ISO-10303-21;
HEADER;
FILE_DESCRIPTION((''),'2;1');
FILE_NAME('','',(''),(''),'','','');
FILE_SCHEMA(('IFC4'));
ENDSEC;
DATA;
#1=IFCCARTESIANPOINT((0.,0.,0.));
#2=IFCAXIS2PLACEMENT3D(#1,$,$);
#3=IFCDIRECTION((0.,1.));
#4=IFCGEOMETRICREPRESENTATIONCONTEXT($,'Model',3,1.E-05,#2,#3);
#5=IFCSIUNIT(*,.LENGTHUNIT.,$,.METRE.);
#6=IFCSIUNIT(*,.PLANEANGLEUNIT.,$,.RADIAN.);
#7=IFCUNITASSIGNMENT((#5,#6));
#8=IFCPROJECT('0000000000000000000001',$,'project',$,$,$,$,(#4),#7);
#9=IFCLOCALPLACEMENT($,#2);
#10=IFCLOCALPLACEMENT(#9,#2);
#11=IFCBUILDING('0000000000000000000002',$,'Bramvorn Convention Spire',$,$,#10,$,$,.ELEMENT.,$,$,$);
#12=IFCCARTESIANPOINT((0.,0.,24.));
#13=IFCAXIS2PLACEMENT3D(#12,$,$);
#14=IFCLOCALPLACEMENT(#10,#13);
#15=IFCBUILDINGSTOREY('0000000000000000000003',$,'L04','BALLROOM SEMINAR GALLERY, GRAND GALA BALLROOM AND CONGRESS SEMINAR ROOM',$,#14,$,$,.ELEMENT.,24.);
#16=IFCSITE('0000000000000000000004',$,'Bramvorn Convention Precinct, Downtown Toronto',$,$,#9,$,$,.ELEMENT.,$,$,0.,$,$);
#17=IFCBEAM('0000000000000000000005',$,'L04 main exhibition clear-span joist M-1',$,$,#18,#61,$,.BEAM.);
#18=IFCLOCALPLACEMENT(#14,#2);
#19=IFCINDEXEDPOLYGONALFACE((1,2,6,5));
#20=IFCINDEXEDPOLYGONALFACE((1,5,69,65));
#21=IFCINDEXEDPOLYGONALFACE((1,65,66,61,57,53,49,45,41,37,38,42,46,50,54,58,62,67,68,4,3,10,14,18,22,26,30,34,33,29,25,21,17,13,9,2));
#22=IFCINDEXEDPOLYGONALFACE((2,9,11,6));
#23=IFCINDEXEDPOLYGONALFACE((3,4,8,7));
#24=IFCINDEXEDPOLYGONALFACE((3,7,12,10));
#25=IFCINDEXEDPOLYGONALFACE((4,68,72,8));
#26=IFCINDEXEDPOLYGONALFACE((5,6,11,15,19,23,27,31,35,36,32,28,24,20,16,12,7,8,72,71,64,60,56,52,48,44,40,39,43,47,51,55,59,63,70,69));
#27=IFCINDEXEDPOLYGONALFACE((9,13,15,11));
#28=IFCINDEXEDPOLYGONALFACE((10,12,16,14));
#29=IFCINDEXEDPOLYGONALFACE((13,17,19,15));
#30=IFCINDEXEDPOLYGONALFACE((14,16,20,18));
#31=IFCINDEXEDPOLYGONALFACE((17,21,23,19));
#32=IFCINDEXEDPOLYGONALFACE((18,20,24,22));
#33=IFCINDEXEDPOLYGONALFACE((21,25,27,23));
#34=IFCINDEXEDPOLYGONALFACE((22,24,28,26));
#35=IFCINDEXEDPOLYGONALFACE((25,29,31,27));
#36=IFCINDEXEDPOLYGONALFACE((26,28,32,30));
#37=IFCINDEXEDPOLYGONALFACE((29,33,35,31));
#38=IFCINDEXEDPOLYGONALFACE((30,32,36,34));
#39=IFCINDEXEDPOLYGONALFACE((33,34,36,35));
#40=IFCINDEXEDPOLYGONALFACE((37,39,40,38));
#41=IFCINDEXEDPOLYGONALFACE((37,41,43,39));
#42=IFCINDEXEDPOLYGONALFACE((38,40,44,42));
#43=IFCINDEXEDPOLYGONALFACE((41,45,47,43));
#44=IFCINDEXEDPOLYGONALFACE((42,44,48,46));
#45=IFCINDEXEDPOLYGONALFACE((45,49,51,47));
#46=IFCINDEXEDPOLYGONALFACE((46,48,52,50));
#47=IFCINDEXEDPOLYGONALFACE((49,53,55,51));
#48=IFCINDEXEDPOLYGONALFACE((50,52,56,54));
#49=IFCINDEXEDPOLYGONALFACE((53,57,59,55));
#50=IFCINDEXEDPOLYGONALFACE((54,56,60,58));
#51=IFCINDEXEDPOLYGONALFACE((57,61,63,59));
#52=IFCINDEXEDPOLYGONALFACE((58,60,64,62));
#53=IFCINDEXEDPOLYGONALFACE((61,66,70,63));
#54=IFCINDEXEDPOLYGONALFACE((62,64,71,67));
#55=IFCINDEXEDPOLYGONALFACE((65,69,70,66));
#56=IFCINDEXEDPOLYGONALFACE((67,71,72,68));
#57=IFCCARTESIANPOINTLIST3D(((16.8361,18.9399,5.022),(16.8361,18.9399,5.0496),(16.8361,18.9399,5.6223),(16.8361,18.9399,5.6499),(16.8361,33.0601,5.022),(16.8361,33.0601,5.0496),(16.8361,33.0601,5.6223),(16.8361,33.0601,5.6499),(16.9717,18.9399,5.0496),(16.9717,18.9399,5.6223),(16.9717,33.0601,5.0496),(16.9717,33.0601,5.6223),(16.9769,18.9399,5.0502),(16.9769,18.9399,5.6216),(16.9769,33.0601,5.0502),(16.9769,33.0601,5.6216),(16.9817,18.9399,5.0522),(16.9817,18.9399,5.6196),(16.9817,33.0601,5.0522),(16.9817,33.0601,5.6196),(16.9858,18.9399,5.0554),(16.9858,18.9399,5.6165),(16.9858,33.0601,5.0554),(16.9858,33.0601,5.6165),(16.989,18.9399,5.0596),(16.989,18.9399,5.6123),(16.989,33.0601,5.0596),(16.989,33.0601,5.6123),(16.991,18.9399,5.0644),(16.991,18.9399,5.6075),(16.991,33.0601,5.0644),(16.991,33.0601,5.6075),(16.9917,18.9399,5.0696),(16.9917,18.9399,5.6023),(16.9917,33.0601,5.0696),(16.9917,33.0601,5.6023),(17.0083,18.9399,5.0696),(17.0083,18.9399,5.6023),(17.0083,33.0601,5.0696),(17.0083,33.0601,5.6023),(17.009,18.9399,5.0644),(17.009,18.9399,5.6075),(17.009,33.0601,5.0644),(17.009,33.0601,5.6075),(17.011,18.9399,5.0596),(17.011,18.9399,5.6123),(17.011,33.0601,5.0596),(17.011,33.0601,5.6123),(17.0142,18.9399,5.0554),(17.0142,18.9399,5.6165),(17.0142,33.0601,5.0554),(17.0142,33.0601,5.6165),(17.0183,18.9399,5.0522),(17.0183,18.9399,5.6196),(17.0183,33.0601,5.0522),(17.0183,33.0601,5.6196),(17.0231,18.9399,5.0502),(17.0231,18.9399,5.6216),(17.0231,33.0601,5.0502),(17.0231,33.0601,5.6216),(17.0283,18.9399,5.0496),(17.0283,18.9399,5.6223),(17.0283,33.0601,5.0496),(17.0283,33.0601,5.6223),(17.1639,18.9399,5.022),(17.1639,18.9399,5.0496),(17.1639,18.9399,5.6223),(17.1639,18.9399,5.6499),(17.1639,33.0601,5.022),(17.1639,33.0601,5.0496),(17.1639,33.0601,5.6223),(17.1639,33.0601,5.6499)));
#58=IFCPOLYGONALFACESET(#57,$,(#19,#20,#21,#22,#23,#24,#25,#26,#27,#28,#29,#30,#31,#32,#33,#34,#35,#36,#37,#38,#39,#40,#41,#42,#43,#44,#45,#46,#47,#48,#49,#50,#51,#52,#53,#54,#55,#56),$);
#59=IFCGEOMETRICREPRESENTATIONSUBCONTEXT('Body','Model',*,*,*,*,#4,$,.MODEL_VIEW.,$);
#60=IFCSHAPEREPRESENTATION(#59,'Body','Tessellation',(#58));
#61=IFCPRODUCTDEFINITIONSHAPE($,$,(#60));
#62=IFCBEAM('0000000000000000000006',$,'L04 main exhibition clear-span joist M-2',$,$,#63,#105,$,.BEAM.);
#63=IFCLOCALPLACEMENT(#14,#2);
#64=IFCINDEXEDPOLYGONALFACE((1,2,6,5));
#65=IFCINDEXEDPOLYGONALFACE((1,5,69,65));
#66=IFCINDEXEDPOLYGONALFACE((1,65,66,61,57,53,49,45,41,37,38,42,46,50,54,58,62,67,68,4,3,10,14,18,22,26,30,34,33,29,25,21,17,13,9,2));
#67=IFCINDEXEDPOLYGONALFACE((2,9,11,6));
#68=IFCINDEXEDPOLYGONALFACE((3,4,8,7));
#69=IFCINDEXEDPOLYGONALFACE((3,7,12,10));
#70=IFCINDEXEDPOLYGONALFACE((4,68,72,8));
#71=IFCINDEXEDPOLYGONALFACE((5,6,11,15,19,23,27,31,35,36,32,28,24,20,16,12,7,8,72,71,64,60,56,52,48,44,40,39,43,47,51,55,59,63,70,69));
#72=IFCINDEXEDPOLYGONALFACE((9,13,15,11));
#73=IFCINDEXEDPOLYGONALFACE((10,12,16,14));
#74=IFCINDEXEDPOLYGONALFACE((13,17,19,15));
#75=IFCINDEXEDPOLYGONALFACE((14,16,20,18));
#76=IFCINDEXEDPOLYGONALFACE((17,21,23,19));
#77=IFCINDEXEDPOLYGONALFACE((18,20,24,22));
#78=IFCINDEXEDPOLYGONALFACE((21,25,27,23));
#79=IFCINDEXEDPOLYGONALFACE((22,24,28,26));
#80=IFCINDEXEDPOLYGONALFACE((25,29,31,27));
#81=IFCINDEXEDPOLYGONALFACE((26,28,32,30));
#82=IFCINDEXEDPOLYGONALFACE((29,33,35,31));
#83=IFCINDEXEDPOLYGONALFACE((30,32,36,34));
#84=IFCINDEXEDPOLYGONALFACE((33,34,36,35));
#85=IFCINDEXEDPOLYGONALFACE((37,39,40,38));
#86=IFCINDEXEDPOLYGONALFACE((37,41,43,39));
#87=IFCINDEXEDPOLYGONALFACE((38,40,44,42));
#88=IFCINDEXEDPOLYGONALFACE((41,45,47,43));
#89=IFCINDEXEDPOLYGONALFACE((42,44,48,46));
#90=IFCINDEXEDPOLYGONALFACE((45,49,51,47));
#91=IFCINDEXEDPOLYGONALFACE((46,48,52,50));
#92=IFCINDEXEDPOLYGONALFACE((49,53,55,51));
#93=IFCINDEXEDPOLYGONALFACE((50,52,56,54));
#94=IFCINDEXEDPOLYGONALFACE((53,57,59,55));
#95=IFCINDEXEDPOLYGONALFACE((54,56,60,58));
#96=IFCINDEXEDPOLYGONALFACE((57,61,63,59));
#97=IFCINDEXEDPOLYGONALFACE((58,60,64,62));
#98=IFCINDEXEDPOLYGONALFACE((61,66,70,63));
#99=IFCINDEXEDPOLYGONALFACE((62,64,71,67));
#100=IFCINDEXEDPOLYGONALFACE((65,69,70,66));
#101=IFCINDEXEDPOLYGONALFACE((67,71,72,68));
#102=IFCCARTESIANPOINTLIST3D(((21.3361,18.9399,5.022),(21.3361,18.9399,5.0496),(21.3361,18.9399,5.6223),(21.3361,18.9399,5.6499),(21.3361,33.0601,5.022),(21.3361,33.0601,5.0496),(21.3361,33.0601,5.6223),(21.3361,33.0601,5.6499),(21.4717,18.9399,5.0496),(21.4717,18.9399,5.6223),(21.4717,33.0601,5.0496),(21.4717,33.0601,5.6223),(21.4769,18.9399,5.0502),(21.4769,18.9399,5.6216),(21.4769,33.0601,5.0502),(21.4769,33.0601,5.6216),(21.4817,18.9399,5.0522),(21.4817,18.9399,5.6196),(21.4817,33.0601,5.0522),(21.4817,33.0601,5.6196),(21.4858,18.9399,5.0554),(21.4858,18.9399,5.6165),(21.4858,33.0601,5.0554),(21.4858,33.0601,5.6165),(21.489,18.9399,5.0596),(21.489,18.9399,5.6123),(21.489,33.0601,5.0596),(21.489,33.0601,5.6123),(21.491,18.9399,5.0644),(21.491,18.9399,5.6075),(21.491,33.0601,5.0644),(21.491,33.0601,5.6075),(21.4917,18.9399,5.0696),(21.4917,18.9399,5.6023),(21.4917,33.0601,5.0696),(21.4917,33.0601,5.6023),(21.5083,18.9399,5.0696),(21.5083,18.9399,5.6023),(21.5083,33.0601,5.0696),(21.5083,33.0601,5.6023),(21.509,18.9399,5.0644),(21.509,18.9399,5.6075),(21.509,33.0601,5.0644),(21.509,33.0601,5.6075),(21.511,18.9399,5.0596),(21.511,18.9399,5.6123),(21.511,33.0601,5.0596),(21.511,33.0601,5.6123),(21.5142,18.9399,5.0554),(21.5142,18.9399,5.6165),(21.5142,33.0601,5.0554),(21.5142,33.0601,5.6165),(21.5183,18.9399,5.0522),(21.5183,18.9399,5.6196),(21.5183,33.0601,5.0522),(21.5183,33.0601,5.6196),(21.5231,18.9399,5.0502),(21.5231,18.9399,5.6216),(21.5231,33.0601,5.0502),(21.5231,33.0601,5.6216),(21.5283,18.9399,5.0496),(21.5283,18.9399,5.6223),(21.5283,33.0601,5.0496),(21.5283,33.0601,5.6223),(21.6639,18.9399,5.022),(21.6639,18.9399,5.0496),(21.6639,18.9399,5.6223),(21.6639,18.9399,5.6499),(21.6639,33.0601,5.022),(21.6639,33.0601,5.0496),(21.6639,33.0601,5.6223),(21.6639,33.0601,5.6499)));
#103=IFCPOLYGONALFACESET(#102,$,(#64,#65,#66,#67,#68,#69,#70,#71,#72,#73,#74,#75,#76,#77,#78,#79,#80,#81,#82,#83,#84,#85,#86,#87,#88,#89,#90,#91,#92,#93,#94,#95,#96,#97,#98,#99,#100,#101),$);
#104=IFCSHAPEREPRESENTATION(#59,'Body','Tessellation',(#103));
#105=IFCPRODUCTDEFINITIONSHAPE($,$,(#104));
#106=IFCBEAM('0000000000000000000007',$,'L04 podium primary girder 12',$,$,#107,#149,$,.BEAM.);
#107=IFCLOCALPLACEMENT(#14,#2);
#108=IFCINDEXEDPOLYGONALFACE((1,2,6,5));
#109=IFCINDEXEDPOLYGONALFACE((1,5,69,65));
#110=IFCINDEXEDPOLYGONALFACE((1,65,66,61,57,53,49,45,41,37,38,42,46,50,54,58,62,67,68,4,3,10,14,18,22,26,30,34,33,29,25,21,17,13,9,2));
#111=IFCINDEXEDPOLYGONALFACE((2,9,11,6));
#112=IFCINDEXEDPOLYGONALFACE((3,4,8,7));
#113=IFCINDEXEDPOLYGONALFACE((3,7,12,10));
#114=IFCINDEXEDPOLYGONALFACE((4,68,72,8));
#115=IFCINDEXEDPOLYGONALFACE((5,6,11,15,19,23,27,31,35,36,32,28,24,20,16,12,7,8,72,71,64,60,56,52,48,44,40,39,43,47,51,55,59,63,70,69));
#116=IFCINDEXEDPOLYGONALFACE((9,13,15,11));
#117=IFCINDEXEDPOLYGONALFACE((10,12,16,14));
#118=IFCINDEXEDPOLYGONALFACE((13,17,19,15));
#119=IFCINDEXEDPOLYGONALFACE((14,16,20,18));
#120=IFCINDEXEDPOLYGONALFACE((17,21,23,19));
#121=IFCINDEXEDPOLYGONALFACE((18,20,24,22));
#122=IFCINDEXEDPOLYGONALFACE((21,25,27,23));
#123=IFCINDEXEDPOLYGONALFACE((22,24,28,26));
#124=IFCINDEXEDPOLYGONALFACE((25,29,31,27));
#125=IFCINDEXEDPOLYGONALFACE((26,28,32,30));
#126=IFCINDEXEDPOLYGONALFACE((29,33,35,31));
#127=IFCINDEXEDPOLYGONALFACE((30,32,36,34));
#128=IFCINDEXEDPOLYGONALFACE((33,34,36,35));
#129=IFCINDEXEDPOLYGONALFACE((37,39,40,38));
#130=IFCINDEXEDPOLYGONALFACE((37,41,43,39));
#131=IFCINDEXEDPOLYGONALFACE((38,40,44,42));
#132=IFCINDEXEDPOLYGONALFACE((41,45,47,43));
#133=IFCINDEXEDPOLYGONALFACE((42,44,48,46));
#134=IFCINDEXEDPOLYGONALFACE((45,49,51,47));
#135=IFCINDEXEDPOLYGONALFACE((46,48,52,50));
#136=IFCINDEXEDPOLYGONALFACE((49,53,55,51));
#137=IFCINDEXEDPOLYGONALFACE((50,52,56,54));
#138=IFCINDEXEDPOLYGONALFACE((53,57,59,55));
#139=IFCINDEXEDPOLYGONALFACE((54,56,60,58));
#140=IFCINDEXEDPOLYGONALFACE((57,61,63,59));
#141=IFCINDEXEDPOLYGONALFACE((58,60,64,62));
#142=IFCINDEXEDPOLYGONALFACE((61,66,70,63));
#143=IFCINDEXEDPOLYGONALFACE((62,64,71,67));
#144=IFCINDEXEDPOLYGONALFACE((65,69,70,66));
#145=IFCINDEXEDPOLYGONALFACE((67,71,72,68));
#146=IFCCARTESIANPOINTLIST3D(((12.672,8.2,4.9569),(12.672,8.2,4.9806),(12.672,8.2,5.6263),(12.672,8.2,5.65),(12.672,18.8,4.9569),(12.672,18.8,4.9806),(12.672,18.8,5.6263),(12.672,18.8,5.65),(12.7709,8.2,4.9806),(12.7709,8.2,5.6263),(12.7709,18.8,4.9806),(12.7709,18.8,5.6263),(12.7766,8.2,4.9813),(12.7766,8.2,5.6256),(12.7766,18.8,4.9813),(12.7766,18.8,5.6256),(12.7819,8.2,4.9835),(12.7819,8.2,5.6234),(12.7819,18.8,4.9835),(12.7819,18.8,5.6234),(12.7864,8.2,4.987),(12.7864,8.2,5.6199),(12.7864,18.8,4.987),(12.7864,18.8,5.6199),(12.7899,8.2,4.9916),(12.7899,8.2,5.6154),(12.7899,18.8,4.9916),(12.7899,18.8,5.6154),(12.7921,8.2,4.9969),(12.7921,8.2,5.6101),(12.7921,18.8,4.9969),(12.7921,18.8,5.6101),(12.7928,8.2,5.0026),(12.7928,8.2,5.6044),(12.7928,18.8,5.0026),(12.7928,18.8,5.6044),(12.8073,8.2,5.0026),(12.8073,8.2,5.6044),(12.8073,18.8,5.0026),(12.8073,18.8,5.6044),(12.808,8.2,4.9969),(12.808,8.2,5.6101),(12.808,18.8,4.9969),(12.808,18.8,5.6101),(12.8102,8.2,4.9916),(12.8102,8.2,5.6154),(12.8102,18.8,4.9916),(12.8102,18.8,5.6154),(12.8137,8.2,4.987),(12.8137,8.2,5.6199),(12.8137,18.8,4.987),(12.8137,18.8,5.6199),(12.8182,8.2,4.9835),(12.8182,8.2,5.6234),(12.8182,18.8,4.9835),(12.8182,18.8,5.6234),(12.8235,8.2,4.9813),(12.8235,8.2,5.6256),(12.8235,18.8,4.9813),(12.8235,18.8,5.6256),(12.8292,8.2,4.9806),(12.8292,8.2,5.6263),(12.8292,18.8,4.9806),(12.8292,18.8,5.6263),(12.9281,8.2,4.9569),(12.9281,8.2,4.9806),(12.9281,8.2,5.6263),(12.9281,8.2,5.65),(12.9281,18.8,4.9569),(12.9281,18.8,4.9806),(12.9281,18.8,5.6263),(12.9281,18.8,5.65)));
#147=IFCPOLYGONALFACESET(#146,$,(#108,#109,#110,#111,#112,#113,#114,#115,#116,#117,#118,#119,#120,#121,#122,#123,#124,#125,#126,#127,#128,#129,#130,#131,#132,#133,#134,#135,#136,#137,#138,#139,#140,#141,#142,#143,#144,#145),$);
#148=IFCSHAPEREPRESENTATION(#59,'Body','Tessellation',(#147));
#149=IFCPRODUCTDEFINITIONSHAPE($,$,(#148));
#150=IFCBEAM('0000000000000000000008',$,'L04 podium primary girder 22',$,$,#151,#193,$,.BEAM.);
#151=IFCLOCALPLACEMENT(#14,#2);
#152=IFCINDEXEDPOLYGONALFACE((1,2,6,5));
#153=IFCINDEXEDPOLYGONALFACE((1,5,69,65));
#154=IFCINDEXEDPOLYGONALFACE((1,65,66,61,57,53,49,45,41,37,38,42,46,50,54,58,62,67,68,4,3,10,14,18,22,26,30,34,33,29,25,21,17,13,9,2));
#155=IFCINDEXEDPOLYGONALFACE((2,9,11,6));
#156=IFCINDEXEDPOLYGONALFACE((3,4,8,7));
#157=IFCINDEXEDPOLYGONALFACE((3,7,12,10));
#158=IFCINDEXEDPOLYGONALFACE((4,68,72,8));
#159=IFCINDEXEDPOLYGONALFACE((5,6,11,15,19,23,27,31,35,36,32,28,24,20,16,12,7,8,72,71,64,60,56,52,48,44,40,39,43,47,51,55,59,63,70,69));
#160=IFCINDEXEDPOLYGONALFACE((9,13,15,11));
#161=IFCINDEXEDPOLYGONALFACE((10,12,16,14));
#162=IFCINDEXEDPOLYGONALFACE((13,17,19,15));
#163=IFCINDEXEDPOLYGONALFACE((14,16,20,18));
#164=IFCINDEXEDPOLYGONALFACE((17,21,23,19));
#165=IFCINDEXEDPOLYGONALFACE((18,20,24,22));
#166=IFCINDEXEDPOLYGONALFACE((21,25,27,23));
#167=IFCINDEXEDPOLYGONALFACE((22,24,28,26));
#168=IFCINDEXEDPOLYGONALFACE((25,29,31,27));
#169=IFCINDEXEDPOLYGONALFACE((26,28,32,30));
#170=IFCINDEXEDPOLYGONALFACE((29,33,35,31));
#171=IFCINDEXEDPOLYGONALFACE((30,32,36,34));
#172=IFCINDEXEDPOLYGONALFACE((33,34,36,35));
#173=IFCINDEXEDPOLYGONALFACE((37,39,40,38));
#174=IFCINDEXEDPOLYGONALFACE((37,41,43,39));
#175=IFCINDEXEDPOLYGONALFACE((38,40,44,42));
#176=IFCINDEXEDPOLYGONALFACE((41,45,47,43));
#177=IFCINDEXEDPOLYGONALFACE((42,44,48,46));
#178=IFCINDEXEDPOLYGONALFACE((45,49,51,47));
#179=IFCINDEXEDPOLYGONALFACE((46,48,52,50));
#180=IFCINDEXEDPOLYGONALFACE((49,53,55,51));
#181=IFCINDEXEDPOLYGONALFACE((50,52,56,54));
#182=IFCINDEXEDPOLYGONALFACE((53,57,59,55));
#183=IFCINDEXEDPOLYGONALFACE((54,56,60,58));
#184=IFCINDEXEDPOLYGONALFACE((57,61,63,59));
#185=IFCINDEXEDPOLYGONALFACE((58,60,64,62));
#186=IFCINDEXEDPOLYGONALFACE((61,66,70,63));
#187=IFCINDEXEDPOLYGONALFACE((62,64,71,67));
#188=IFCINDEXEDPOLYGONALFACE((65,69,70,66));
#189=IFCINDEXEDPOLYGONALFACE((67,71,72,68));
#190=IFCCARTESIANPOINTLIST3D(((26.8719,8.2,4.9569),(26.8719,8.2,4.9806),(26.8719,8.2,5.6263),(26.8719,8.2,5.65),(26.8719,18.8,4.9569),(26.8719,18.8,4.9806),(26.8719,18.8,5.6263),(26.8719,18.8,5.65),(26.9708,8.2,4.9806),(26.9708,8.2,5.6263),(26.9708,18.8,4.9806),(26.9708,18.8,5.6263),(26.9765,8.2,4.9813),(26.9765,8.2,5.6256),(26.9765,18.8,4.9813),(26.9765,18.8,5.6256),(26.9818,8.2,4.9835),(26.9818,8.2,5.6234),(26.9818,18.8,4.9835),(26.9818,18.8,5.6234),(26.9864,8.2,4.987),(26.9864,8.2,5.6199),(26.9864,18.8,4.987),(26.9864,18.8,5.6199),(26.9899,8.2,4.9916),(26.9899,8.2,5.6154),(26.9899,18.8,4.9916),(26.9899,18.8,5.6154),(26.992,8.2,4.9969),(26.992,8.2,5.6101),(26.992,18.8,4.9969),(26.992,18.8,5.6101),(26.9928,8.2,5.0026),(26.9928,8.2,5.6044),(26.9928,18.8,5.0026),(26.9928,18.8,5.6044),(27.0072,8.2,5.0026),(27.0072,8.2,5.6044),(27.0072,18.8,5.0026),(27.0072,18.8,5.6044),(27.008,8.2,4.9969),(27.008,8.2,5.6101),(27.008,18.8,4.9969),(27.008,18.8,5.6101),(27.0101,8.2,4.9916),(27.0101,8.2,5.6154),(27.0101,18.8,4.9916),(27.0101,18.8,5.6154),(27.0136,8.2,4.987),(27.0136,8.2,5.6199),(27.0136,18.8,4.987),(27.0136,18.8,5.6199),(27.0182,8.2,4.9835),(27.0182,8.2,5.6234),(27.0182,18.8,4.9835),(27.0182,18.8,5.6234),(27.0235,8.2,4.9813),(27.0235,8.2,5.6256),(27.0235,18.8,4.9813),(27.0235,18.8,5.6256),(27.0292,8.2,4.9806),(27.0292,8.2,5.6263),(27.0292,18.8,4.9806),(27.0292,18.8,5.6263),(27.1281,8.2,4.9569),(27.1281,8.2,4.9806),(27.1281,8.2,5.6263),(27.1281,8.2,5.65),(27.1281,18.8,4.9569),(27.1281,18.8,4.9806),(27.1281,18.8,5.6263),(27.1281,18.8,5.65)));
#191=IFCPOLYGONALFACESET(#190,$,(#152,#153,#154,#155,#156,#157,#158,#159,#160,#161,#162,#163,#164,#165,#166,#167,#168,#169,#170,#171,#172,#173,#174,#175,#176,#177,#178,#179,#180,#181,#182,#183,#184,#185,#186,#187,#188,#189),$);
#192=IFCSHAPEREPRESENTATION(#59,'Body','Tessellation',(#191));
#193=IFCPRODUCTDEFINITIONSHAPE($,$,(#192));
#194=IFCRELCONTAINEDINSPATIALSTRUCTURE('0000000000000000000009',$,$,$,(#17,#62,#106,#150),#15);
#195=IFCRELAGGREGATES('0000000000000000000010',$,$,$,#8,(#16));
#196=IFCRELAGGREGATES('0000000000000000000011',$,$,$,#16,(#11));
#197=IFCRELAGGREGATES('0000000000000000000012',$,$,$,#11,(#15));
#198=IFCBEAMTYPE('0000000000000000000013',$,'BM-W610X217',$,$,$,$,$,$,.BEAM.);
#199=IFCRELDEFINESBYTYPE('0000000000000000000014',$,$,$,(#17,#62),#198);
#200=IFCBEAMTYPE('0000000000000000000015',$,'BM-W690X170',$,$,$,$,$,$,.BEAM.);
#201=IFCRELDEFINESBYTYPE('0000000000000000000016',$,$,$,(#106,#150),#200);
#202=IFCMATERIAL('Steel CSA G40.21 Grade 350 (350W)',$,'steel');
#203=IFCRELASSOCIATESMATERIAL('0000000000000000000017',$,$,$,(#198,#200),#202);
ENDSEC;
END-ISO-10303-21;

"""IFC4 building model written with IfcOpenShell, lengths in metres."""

from ifc_helpers import new_model, si_unit, direction, frame, origin, origin_2d, place, context, subcontext, project, spatial, i_section, extrude, material, material_profile, profile_set, type_object, element, save


model = new_model("IFC4")

# Units and contexts
model_context = context("Model", 3, precision=1e-05, world=origin(), true_north=direction((0.0, 1.0)))
body_context = subcontext(model_context, "Body", "Model", "MODEL_VIEW")
ifc_project = project(units=[si_unit("LENGTHUNIT", "METRE"), si_unit("PLANEANGLEUNIT", "RADIAN")], contexts=[model_context])

# Site, building, storey
site_placement = place(None, origin())
site = spatial("IfcSite", under=ifc_project, at=site_placement, Name="Bramvorn Convention Precinct, Downtown Toronto", CompositionType="ELEMENT", RefElevation=0.0)
building_placement = place(site_placement, origin())
building = spatial("IfcBuilding", under=site, at=building_placement, Name="Bramvorn Convention Spire", CompositionType="ELEMENT")
storey_placement = place(building_placement, frame((0.0, 0.0, 24.0)))
storey = spatial("IfcBuildingStorey", under=building, at=storey_placement, Name="L04", Description="BALLROOM SEMINAR GALLERY, GRAND GALA BALLROOM AND CONGRESS SEMINAR ROOM", CompositionType="ELEMENT", Elevation=24.0)

# Shared definitions
ifc_material_1 = material(Name="Steel CSA G40.21 Grade 350 (350W)", Category="steel")

# Beams
ifc_material_profile_1 = material_profile(ifc_material_1, i_section(OverallWidth=0.3279, OverallDepth=0.6279, WebThickness=0.0166, FlangeThickness=0.0276, FilletRadius=0.02, at=origin_2d()))
ifc_profile_set_1 = profile_set([ifc_material_profile_1], Name="Steel CSA G40.21 Grade 350 (350W) - W610X217")
beam_type_1 = type_object("IfcBeamType", Name="BM-W610X217", PredefinedType="BEAM", material=ifc_profile_set_1)
for number, where, z_axis, x_axis, name in (
    (1, (17.0, 18.9399, 5.3359), (0.0, 1.0, 0.0), (-1.0, 0.0, 0.0), "L04 main exhibition clear-span joist M-1"),
    (2, (21.5, 18.9399, 5.3359), (0.0, 1.0, 0.0), (-1.0, 0.0, 0.0), "L04 main exhibition clear-span joist M-2"),
):
    element("IfcBeam", number, at=place(storey_placement, frame(where, z_axis=z_axis, x_axis=x_axis)), inside=storey, type_object=beam_type_1, Name=name, PredefinedType="BEAM", context=body_context, shape_type="SweptSolid", body=[
        extrude(i_section(OverallWidth=0.3279, OverallDepth=0.6279, WebThickness=0.0166, FlangeThickness=0.0276, FilletRadius=0.02, at=origin_2d()), origin(), (0.0, 0.0, 1.0), 14.1201),
    ])
ifc_material_profile_2 = material_profile(ifc_material_1, i_section(OverallWidth=0.2561, OverallDepth=0.6931, WebThickness=0.0144, FlangeThickness=0.0237, FilletRadius=0.022, at=origin_2d()))
ifc_profile_set_2 = profile_set([ifc_material_profile_2], Name="Steel CSA G40.21 Grade 350 (350W) - W690X170")
beam_type_2 = type_object("IfcBeamType", Name="BM-W690X170", PredefinedType="BEAM", material=ifc_profile_set_2)
for number, where, z_axis, x_axis, name in (
    (3, (12.8, 8.2, 5.3035), (0.0, 1.0, 0.0), (-1.0, 0.0, 0.0), "L04 podium primary girder 12"),
    (4, (27.0, 8.2, 5.3035), (0.0, 1.0, 0.0), (-1.0, 0.0, 0.0), "L04 podium primary girder 22"),
):
    element("IfcBeam", number, at=place(storey_placement, frame(where, z_axis=z_axis, x_axis=x_axis)), inside=storey, type_object=beam_type_2, Name=name, PredefinedType="BEAM", context=body_context, shape_type="SweptSolid", body=[
        extrude(i_section(OverallWidth=0.2561, OverallDepth=0.6931, WebThickness=0.0144, FlangeThickness=0.0237, FilletRadius=0.022, at=origin_2d()), origin(), (0.0, 0.0, 1.0), 10.6001),
    ])

save(model, "model.ifc")
